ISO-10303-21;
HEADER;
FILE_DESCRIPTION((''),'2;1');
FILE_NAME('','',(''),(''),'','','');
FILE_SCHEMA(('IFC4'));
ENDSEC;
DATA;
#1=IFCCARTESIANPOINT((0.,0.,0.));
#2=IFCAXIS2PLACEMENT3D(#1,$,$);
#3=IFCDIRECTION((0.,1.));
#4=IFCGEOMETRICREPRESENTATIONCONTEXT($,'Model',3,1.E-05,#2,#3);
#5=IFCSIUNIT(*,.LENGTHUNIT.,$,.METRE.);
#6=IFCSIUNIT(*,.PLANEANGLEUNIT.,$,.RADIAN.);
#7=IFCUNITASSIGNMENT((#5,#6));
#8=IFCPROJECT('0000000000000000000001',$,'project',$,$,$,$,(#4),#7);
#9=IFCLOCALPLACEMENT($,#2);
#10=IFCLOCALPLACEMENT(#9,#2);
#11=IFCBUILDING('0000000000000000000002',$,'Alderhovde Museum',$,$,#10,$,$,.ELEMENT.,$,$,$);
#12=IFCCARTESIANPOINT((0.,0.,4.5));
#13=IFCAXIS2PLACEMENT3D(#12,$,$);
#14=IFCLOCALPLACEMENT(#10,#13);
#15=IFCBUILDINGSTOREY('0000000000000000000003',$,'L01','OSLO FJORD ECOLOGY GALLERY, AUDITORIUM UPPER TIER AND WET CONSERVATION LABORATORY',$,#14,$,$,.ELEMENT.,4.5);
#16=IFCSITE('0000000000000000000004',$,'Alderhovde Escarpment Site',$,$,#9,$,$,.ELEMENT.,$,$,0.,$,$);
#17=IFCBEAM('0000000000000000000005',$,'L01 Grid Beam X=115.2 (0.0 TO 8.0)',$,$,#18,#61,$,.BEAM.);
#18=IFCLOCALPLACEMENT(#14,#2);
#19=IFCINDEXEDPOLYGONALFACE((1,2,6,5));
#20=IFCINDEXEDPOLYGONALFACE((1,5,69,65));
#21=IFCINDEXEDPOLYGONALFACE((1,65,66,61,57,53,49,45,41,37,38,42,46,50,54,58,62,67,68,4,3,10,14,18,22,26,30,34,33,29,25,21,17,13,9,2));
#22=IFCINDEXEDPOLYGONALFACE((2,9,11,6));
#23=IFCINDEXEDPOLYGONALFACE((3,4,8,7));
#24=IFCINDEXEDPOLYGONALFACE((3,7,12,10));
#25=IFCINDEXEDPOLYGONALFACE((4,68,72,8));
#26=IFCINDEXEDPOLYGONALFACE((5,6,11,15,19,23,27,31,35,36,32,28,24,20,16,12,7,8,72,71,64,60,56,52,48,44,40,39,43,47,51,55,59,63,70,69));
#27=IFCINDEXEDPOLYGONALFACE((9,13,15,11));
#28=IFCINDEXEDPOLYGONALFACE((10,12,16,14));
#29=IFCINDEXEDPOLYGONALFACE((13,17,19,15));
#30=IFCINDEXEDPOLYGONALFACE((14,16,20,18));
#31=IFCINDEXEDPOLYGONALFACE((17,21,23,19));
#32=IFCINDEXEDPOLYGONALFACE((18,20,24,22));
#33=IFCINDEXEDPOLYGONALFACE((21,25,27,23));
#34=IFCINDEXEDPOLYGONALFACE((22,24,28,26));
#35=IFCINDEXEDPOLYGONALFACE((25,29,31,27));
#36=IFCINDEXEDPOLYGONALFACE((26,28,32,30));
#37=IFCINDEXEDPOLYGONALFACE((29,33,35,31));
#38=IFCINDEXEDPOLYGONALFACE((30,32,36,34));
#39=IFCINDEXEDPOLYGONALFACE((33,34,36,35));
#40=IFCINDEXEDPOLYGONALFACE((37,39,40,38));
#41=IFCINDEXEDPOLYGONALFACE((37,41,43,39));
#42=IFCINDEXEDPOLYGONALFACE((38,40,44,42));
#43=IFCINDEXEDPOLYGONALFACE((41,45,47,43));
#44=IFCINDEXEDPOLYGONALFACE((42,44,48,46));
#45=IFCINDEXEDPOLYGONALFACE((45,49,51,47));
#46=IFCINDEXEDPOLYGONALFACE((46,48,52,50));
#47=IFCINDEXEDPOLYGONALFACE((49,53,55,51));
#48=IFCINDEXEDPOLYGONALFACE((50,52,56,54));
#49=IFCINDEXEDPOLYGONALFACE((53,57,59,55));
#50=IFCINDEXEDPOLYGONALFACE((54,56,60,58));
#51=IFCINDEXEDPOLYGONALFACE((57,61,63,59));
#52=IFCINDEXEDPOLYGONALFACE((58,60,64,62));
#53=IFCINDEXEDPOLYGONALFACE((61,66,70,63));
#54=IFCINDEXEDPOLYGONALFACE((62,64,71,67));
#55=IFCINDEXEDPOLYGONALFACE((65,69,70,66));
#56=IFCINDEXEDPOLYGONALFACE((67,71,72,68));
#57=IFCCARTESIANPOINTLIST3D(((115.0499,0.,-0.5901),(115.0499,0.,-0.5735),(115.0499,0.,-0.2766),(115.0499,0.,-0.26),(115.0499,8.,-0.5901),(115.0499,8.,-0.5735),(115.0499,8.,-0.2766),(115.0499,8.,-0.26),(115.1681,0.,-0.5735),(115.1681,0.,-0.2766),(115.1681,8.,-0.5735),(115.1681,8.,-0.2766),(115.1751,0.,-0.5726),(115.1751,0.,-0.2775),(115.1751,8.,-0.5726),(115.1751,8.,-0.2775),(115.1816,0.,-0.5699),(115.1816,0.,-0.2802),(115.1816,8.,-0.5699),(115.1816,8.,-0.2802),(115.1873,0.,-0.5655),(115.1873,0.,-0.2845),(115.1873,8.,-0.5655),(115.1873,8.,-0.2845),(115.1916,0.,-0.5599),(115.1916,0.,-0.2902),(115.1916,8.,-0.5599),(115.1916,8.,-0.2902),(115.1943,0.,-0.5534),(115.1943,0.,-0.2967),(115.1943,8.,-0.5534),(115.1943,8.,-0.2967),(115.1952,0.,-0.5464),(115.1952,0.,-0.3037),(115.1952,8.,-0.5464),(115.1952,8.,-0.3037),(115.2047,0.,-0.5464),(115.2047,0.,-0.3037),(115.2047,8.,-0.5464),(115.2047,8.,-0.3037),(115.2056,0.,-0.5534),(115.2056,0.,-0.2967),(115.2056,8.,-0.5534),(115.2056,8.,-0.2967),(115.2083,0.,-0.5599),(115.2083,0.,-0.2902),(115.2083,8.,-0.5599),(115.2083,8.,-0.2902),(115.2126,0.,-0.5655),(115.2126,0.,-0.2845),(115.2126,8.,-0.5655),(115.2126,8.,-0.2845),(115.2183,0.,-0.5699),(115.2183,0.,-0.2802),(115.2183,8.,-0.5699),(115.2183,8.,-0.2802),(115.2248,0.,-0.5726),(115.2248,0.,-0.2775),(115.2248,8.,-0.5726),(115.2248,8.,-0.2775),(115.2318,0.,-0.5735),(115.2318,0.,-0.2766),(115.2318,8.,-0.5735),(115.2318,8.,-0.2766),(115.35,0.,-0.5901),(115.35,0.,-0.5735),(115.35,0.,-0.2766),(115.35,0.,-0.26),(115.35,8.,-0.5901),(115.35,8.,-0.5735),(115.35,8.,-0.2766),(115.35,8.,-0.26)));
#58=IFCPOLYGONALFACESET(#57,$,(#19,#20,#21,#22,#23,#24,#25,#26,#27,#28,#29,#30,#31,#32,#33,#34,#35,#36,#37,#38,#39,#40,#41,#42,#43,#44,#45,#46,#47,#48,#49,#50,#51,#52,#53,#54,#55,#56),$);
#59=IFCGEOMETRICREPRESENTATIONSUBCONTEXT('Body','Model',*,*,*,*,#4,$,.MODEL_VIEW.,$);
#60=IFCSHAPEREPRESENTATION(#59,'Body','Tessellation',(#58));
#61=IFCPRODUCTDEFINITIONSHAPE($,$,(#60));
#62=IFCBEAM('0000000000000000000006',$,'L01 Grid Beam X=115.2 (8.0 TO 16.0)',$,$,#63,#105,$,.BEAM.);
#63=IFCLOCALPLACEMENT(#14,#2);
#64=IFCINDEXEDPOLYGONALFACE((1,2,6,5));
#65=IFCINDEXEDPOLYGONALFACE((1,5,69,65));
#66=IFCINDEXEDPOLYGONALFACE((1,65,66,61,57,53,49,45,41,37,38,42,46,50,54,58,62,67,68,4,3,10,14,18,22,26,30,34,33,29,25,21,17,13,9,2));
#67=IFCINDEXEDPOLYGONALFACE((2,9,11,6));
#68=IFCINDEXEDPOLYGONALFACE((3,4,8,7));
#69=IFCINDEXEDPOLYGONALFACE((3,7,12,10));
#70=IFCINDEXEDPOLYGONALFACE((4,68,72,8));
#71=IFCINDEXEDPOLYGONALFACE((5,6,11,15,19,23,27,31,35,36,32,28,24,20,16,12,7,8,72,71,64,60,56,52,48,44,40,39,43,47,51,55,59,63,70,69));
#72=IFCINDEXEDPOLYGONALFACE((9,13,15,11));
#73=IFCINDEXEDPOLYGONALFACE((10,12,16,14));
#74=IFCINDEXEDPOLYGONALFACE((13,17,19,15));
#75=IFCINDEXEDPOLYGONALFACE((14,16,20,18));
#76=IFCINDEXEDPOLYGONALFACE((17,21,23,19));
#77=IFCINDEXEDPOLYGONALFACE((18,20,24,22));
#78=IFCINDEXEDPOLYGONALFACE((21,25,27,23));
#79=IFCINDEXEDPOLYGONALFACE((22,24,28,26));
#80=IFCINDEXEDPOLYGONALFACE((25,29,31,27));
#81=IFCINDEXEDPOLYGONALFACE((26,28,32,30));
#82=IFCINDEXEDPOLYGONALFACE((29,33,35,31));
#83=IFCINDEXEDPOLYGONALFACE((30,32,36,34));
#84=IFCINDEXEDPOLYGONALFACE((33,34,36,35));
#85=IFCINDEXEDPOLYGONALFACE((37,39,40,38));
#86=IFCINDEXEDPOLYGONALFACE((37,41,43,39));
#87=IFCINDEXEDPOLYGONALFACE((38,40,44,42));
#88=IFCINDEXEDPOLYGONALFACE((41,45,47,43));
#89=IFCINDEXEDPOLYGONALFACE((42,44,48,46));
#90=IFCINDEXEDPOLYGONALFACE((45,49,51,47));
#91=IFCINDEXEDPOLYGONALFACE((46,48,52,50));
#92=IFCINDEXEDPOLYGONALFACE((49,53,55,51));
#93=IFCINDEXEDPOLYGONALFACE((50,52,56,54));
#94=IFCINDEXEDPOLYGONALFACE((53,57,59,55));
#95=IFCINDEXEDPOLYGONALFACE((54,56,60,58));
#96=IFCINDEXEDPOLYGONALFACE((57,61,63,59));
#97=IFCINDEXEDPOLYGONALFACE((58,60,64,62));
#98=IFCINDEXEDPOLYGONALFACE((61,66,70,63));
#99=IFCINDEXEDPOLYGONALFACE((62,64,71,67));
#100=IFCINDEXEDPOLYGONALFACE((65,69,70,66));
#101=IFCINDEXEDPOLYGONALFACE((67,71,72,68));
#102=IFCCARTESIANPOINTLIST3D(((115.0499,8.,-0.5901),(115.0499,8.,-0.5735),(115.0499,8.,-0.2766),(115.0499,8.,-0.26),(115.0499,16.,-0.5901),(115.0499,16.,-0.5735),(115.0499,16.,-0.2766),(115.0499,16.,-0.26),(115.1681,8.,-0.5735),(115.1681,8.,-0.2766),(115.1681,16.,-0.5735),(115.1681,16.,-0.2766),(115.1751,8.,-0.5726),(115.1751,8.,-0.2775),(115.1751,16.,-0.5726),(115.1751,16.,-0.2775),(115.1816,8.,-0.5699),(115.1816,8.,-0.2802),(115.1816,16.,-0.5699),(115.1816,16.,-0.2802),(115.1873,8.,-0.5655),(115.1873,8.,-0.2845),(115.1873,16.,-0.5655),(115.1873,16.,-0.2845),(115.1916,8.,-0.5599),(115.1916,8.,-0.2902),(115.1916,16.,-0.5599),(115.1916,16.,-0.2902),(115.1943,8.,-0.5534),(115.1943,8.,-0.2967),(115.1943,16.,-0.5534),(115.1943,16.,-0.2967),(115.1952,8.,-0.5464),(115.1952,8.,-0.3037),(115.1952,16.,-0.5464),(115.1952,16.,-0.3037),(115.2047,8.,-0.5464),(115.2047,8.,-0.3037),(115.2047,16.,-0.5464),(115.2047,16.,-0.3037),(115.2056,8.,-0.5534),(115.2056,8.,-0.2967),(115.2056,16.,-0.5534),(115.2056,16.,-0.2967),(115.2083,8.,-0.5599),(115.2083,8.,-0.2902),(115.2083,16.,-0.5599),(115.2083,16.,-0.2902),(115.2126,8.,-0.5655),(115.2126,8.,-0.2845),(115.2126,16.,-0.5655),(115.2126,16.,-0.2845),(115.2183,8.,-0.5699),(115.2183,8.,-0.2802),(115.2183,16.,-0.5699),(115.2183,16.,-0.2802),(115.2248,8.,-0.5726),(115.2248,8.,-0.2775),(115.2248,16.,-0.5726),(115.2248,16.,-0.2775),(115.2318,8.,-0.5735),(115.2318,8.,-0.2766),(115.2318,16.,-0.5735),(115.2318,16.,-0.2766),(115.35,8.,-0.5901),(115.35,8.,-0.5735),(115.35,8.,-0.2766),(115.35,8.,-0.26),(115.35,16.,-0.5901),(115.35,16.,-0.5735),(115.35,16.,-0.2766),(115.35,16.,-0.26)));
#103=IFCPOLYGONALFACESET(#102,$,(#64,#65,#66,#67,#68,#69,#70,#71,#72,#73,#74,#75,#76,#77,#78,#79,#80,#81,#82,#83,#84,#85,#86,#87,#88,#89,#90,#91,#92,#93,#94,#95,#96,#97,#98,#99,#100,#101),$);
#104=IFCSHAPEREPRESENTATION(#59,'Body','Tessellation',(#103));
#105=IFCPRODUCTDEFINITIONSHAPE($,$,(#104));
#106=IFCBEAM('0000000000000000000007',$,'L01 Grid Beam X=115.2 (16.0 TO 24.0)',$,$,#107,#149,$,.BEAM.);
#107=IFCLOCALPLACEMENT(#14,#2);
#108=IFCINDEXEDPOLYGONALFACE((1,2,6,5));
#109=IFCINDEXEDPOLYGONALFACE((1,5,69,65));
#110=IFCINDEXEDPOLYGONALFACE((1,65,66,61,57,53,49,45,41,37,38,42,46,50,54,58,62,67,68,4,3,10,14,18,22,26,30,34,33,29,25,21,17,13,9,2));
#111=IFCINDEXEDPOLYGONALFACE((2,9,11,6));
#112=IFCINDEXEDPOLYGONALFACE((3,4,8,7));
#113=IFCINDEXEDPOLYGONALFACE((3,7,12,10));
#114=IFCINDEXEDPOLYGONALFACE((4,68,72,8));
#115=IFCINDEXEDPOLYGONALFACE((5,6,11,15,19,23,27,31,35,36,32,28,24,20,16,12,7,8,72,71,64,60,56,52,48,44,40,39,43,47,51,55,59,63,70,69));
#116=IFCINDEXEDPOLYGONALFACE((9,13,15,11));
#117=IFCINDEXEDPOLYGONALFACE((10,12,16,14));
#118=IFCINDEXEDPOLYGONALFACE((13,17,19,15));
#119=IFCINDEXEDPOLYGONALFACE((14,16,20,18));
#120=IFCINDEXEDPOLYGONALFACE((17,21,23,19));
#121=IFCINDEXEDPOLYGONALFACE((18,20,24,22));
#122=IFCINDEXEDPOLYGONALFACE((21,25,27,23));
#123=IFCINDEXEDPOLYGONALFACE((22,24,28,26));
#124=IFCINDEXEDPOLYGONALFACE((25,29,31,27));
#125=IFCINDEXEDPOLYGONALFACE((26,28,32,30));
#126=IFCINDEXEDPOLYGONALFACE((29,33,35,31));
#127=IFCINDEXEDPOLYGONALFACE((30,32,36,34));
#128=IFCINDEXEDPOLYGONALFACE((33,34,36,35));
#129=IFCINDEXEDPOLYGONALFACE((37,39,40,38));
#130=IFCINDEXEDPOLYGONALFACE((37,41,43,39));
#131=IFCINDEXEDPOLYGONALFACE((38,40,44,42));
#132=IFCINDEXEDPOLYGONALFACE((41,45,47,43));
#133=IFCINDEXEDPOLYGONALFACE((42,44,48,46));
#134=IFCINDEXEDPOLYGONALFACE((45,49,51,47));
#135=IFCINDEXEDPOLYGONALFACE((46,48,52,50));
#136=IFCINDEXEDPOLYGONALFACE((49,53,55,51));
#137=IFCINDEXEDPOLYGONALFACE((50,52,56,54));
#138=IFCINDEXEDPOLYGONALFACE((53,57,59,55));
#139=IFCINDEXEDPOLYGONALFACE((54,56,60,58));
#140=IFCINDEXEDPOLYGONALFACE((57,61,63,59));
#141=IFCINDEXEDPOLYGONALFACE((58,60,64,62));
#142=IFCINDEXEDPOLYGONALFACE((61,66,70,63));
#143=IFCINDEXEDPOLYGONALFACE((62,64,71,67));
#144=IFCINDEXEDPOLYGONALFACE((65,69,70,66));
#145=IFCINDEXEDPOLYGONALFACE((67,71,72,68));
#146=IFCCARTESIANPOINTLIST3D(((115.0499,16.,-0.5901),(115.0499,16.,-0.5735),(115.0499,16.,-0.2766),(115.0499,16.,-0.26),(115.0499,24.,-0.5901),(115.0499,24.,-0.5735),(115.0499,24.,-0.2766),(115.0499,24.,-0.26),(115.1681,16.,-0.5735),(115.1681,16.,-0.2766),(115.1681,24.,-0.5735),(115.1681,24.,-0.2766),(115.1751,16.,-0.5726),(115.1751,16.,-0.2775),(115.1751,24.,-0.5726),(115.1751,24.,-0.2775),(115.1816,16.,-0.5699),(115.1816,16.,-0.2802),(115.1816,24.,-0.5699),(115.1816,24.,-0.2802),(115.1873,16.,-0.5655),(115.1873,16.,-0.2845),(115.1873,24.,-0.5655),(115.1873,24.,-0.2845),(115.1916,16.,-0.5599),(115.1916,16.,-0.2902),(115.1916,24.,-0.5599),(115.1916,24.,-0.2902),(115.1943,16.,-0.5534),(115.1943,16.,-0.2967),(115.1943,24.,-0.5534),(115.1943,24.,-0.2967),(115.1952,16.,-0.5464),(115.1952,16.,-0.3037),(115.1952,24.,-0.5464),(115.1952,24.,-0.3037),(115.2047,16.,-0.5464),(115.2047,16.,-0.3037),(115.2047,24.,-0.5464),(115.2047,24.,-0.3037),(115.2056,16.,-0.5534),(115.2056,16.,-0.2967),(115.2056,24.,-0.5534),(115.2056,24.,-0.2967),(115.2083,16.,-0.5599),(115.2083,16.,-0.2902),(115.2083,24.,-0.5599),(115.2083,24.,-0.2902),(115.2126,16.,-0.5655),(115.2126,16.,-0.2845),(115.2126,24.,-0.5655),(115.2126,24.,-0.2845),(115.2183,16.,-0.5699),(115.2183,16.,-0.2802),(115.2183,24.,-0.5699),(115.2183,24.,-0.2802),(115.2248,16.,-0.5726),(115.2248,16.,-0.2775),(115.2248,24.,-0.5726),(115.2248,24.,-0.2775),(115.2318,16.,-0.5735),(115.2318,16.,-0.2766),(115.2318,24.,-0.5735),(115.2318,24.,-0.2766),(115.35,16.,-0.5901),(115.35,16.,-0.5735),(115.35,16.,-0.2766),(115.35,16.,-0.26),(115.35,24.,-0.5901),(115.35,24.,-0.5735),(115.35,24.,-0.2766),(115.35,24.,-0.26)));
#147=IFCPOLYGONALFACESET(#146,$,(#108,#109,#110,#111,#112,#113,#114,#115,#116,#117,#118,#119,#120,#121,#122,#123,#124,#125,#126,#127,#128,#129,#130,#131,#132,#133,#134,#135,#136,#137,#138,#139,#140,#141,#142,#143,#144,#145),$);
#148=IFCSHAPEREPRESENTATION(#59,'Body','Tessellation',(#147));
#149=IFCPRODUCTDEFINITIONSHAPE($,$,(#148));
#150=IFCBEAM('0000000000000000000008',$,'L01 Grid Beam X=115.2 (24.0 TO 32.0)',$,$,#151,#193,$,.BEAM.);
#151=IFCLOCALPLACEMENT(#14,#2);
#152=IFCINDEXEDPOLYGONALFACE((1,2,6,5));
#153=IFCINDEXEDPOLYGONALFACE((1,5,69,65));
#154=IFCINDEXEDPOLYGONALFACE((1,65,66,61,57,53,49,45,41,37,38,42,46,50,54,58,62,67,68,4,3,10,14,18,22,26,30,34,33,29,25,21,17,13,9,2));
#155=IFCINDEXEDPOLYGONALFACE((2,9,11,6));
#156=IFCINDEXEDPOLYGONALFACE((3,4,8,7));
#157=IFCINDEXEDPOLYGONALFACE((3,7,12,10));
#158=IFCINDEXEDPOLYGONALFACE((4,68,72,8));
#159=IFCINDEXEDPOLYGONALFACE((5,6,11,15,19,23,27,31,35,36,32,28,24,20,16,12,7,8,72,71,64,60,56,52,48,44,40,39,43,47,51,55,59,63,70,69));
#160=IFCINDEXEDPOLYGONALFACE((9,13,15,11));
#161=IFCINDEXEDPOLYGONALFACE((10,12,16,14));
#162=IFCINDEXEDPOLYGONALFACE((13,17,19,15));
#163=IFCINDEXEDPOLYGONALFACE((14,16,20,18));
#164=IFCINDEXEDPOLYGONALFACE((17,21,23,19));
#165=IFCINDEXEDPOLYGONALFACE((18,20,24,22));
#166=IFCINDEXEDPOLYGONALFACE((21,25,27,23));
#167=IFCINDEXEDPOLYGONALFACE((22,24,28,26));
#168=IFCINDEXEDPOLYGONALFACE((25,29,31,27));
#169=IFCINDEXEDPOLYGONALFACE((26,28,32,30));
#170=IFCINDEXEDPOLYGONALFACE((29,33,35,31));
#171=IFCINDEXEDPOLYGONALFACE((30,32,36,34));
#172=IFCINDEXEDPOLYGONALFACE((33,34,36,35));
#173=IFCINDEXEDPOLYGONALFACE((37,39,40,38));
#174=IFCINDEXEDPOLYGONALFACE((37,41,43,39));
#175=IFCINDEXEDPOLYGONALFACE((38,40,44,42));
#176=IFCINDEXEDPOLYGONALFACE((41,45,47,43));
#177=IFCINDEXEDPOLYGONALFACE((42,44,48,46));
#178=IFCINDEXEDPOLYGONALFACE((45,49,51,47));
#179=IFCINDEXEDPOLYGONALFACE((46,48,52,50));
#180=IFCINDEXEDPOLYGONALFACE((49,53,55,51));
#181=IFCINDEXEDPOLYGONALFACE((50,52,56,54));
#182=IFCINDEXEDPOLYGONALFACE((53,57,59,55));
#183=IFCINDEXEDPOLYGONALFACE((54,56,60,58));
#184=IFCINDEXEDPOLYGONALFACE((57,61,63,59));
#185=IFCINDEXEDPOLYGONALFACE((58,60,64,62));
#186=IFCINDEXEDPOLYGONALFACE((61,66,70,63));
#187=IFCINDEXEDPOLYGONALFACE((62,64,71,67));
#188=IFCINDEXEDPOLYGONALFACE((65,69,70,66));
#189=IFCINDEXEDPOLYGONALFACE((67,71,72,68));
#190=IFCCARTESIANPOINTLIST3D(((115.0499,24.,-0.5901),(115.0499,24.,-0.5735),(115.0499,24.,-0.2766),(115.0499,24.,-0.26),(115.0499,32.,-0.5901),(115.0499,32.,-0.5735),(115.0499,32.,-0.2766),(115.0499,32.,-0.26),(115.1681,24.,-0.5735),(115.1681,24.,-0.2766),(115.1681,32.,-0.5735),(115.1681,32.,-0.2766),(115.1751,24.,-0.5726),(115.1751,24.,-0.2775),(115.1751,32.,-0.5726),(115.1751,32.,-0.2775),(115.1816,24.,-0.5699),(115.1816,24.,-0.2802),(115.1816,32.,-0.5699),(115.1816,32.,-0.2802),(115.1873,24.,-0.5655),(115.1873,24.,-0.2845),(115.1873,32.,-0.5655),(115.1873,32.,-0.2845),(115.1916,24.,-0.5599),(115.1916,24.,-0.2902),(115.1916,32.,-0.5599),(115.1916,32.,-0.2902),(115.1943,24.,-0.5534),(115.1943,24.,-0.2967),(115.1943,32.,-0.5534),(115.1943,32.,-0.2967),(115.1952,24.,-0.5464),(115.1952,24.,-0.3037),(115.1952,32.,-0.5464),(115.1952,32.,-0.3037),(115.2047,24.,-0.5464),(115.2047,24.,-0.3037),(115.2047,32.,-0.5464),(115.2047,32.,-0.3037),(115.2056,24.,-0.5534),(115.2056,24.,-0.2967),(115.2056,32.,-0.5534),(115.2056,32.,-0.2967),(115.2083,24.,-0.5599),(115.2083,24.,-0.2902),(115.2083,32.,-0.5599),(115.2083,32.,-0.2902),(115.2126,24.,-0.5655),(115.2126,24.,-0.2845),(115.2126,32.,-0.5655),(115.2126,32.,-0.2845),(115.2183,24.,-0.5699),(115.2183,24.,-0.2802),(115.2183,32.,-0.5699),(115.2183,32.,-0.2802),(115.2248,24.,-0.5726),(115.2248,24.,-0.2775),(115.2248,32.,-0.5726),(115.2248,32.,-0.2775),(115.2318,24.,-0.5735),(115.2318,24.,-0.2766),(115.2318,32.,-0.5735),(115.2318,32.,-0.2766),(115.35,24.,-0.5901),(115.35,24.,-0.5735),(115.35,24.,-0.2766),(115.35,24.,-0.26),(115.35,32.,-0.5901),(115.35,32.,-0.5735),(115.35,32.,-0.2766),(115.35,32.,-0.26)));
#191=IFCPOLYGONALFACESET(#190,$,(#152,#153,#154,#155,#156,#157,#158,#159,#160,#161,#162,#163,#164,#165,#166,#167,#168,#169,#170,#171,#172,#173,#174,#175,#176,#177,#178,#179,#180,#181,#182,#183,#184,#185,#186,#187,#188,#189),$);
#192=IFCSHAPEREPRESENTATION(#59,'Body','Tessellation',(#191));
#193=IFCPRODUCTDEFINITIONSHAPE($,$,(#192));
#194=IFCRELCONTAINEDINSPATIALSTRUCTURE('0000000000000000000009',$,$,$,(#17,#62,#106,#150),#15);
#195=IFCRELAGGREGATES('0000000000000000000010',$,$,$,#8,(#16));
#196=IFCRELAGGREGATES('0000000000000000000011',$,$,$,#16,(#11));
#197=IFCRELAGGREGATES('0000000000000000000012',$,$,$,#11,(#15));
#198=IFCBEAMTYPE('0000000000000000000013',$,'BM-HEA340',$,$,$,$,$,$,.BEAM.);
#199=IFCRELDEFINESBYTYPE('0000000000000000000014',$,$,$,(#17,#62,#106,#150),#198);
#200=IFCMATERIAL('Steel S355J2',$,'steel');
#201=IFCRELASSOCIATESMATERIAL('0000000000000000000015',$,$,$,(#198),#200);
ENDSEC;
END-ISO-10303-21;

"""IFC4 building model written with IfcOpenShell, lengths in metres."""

from ifc_helpers import new_model, si_unit, direction, frame, origin, origin_2d, place, context, subcontext, project, spatial, i_section, extrude, material, material_profile, profile_set, type_object, element, save


model = new_model("IFC4")

# Units and contexts
model_context = context("Model", 3, precision=1e-05, world=origin(), true_north=direction((0.0, 1.0)))
body_context = subcontext(model_context, "Body", "Model", "MODEL_VIEW")
ifc_project = project(units=[si_unit("LENGTHUNIT", "METRE"), si_unit("PLANEANGLEUNIT", "RADIAN")], contexts=[model_context])

# Site, building, storey
site_placement = place(None, origin())
site = spatial("IfcSite", under=ifc_project, at=site_placement, Name="Alderhovde Escarpment Site", CompositionType="ELEMENT", RefElevation=0.0)
building_placement = place(site_placement, origin())
building = spatial("IfcBuilding", under=site, at=building_placement, Name="Alderhovde Museum", CompositionType="ELEMENT")
storey_placement = place(building_placement, frame((0.0, 0.0, 4.5)))
storey = spatial("IfcBuildingStorey", under=building, at=storey_placement, Name="L01", Description="OSLO FJORD ECOLOGY GALLERY, AUDITORIUM UPPER TIER AND WET CONSERVATION LABORATORY", CompositionType="ELEMENT", Elevation=4.5)

# Beams
ifc_material_1 = material(Name="Steel S355J2", Category="steel")
ifc_material_profile_1 = material_profile(ifc_material_1, i_section(OverallWidth=0.3, OverallDepth=0.3301, WebThickness=0.0095, FlangeThickness=0.0166, FilletRadius=0.0271, at=origin_2d()), Name="HEA 340")
ifc_profile_set_1 = profile_set([ifc_material_profile_1], Name="Steel S355J2")
beam_type_1 = type_object("IfcBeamType", Name="BM-HEA340", PredefinedType="BEAM", material=ifc_profile_set_1)
for number, where, z_axis, x_axis, name in (
    (1, (115.2, 0.0, -0.425), (0.0, 1.0, 0.0), (-1.0, 0.0, 0.0), "L01 Grid Beam X=115.2 (0.0 TO 8.0)"),
    (2, (115.2, 8.0, -0.425), (0.0, 1.0, 0.0), (-1.0, 0.0, 0.0), "L01 Grid Beam X=115.2 (8.0 TO 16.0)"),
    (3, (115.2, 16.0, -0.425), (0.0, 1.0, 0.0), (-1.0, 0.0, 0.0), "L01 Grid Beam X=115.2 (16.0 TO 24.0)"),
    (4, (115.2, 24.0, -0.425), (0.0, 1.0, 0.0), (-1.0, 0.0, 0.0), "L01 Grid Beam X=115.2 (24.0 TO 32.0)"),
):
    element("IfcBeam", number, at=place(storey_placement, frame(where, z_axis=z_axis, x_axis=x_axis)), inside=storey, type_object=beam_type_1, Name=name, PredefinedType="BEAM", context=body_context, shape_type="SweptSolid", body=[
        extrude(i_section(OverallWidth=0.3, OverallDepth=0.3301, WebThickness=0.0095, FlangeThickness=0.0166, FilletRadius=0.0271, at=origin_2d()), origin(), (0.0, 0.0, 1.0), 8.0),
    ])

save(model, "model.ifc")
